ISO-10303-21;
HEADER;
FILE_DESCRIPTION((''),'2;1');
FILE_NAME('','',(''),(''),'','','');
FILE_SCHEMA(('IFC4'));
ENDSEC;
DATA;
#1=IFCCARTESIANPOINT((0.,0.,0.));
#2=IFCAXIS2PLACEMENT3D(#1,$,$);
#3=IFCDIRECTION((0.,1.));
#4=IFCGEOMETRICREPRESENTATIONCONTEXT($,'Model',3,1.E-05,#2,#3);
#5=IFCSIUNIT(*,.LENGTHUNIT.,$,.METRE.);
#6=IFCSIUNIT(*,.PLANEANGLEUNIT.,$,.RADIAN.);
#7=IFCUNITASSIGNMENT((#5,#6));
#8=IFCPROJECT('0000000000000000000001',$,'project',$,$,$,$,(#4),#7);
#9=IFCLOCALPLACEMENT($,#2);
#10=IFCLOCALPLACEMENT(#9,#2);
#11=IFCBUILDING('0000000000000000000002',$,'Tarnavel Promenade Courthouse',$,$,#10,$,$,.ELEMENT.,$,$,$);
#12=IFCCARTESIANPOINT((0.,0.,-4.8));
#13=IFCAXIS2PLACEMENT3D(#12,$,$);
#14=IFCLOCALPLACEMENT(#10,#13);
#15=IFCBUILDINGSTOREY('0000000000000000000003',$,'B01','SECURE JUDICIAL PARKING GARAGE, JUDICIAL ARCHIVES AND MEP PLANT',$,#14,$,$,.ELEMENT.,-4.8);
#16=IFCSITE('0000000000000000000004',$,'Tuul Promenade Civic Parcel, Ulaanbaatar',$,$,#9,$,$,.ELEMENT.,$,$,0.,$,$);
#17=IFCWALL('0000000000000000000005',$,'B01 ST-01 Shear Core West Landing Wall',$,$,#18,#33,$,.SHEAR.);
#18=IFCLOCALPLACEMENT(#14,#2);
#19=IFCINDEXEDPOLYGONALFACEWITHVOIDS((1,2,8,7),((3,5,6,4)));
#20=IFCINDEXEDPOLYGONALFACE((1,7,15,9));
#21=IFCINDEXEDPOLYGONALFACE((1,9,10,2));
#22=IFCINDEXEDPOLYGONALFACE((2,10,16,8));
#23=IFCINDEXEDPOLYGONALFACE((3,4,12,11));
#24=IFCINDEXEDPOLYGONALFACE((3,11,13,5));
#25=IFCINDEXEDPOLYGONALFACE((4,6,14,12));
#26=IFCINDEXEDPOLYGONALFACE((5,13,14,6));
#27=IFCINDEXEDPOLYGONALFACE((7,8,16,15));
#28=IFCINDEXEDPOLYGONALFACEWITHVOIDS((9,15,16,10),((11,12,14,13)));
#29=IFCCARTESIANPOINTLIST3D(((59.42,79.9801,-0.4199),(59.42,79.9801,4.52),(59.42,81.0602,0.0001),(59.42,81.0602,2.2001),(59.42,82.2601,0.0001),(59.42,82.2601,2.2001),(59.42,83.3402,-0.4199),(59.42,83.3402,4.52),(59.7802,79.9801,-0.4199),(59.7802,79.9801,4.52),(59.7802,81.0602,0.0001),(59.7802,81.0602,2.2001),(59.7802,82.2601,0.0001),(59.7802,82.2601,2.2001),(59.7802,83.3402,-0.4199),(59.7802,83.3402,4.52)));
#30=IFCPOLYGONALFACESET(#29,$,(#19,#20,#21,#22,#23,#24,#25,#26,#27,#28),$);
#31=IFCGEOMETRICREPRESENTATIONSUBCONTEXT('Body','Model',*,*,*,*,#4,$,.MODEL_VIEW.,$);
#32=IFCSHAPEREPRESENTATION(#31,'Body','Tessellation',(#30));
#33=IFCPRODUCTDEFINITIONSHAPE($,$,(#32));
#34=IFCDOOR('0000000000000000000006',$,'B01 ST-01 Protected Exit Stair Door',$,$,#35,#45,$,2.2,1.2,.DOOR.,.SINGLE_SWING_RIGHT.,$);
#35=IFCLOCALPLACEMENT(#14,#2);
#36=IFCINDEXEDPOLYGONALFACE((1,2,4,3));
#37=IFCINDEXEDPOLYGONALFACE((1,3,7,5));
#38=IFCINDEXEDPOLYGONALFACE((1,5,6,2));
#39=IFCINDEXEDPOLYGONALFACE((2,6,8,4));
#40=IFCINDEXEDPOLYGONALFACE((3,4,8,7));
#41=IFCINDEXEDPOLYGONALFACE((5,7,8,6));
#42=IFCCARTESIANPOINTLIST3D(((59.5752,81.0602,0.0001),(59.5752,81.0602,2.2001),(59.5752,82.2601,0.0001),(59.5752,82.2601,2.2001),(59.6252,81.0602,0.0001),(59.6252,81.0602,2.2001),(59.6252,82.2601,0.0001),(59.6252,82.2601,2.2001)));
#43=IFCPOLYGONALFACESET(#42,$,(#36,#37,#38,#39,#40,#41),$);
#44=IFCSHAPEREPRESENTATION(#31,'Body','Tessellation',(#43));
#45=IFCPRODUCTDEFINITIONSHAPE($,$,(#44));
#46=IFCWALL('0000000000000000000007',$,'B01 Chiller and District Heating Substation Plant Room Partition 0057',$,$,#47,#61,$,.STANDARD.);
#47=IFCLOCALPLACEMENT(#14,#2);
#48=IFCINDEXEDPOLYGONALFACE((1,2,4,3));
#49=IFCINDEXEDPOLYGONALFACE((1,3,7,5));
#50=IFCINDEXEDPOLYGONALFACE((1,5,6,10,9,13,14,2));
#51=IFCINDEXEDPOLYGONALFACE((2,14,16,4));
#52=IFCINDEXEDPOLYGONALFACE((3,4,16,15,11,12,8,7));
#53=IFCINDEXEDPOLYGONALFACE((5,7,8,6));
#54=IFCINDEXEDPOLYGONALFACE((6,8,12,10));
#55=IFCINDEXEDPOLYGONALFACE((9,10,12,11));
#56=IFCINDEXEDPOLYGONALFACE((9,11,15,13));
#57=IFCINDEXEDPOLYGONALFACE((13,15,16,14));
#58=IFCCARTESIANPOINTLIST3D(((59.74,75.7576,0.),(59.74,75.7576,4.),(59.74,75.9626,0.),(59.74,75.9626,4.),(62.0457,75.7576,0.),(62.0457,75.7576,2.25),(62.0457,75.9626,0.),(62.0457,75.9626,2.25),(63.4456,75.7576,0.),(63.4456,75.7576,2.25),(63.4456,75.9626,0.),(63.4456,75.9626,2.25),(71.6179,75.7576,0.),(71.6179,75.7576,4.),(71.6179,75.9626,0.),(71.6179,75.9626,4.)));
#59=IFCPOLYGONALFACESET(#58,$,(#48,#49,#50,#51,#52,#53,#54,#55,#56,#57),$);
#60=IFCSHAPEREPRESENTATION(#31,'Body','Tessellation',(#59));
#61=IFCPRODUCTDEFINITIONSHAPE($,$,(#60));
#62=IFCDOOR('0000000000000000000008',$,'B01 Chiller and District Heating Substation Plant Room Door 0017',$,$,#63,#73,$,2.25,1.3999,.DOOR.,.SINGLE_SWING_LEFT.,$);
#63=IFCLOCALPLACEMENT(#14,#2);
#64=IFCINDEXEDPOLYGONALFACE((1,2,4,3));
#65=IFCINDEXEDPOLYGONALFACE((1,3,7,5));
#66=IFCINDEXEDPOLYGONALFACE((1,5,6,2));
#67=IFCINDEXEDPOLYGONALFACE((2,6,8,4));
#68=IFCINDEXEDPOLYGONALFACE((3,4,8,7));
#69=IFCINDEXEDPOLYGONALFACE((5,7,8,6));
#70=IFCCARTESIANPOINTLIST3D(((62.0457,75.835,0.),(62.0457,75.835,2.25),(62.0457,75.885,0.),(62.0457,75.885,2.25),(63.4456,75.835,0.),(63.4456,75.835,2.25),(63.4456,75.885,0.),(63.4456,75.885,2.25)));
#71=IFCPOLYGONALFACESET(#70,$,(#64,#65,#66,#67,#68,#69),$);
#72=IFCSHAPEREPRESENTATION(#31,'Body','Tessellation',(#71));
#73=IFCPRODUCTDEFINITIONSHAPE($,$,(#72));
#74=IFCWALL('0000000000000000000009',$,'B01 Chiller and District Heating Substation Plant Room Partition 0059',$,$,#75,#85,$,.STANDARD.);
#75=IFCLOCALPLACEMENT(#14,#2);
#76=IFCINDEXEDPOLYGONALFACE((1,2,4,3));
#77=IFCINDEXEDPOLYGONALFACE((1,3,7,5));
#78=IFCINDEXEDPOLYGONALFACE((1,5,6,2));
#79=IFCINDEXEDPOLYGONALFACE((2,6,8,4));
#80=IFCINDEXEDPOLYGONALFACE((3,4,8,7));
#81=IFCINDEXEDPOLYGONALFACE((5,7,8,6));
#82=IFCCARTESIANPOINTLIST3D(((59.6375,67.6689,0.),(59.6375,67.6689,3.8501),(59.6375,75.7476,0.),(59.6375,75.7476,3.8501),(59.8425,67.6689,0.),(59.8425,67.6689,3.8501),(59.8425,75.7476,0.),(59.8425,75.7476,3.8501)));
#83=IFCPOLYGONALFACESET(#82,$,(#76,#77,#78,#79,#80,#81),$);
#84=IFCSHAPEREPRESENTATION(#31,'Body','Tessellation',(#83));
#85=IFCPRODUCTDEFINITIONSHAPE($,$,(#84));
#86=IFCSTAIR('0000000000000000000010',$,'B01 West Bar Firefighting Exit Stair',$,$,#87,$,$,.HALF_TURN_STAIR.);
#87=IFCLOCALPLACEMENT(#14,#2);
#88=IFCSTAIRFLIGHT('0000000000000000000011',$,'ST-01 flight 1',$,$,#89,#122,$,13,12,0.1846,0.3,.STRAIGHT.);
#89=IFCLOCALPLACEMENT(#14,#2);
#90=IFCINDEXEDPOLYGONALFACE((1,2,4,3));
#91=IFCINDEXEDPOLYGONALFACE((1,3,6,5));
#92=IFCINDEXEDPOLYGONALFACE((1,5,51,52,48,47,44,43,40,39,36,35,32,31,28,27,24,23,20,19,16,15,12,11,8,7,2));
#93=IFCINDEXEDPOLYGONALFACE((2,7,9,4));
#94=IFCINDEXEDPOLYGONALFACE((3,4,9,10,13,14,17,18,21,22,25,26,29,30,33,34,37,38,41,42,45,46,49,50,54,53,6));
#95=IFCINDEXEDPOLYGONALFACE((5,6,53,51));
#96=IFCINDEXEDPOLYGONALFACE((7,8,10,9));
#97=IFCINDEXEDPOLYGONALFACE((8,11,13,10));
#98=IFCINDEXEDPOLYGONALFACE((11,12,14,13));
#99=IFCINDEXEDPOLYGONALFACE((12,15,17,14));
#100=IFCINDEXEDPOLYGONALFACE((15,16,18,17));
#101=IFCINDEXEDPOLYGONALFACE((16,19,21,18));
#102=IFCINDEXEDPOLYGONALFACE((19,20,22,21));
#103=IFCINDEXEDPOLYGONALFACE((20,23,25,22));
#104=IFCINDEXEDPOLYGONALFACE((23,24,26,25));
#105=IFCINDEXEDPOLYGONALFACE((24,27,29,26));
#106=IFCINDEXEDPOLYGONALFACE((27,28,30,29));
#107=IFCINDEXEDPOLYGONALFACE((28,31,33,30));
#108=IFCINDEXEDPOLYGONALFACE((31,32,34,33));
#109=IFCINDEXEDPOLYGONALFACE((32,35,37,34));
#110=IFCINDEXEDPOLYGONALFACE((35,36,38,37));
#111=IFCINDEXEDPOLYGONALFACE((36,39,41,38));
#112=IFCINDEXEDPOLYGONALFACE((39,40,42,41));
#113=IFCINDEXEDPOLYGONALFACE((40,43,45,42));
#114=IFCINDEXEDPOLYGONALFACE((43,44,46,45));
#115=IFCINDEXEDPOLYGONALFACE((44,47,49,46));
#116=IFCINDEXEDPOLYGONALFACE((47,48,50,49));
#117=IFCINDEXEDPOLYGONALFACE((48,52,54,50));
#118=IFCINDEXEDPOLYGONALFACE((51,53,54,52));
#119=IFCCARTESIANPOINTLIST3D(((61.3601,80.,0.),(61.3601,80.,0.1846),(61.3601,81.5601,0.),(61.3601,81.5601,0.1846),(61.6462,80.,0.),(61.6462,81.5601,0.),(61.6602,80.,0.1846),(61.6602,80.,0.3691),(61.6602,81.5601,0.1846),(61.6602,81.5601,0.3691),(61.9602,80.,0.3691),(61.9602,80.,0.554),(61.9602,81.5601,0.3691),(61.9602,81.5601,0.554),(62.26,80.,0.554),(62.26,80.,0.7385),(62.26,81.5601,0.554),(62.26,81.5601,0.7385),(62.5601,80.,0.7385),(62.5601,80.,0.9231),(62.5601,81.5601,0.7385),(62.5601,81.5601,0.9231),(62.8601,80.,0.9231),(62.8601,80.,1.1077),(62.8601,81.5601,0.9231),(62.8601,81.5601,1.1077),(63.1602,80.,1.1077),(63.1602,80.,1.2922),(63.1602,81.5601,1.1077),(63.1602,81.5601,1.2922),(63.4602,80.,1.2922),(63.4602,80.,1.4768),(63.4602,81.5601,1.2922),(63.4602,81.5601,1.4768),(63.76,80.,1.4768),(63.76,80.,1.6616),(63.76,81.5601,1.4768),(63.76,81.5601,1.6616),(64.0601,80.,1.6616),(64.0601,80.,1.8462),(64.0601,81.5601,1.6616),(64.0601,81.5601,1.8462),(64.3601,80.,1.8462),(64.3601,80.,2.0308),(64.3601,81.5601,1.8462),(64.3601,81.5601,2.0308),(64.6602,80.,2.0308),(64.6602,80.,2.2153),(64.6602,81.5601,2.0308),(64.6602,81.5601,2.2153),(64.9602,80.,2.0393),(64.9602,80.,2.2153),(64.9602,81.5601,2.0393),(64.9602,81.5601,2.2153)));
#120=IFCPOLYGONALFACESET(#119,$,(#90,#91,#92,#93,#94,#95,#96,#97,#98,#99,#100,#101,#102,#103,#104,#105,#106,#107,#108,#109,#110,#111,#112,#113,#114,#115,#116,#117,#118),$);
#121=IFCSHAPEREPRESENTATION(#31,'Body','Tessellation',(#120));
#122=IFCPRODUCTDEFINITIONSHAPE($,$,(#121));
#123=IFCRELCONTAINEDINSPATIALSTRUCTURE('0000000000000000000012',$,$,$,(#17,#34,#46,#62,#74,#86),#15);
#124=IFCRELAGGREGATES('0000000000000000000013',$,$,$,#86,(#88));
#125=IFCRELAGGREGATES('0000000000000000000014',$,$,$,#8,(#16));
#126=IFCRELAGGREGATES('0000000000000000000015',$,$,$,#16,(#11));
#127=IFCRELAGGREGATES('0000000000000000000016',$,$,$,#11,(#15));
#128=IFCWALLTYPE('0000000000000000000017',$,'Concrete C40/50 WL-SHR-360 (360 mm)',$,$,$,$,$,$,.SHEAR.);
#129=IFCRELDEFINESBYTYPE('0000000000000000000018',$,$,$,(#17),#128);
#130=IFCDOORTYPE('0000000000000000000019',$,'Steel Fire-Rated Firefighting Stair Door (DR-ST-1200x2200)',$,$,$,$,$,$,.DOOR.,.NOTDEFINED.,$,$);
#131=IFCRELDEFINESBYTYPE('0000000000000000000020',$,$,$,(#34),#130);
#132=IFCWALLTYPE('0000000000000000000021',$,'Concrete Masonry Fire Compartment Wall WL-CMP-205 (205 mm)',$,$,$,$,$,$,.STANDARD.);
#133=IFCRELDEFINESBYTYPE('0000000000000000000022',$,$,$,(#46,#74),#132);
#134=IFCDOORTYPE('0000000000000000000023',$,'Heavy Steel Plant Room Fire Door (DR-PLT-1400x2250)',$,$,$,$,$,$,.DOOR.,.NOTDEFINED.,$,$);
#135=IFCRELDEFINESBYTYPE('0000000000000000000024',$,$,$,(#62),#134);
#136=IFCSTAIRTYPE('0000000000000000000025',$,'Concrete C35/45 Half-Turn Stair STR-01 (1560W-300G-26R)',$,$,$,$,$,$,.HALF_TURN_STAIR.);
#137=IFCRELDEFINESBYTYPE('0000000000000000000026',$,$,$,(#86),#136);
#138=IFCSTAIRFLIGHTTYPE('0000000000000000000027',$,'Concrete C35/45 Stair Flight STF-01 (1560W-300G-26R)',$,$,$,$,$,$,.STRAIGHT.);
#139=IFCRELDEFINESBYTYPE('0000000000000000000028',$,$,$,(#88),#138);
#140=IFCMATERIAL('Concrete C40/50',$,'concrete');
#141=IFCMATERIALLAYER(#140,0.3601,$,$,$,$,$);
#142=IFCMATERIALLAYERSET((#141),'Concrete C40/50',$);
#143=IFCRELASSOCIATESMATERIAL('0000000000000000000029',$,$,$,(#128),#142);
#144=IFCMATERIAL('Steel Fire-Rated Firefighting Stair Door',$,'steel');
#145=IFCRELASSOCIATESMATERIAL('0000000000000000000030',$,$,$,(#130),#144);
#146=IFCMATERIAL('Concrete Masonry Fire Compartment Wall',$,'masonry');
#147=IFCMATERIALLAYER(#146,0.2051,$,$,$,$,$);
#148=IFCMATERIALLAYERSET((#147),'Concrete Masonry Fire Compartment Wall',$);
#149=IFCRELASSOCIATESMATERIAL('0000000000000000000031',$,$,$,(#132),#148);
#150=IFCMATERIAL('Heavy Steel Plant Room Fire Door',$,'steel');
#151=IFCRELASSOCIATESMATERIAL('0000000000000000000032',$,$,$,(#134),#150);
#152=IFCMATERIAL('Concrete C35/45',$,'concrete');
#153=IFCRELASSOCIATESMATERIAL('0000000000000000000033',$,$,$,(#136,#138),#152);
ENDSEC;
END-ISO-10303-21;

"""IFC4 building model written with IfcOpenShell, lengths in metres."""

from ifc_helpers import new_model, si_unit, direction, frame, frame_2d, origin, place, context, subcontext, project, spatial, polyline, rectangle, outline, extrude, material, layer, layer_set, type_object, element, fill, aggregate, save


model = new_model("IFC4")

# Units and contexts
model_context = context("Model", 3, precision=1e-05, world=origin(), true_north=direction((0.0, 1.0)))
body_context = subcontext(model_context, "Body", "Model", "MODEL_VIEW")
ifc_project = project(units=[si_unit("LENGTHUNIT", "METRE"), si_unit("PLANEANGLEUNIT", "RADIAN")], contexts=[model_context])

# Site, building, storey
site_placement = place(None, origin())
site = spatial("IfcSite", under=ifc_project, at=site_placement, Name="Tuul Promenade Civic Parcel, Ulaanbaatar", CompositionType="ELEMENT", RefElevation=0.0)
building_placement = place(site_placement, origin())
building = spatial("IfcBuilding", under=site, at=building_placement, Name="Tarnavel Promenade Courthouse", CompositionType="ELEMENT")
storey_placement = place(building_placement, frame((0.0, 0.0, -4.8)))
storey = spatial("IfcBuildingStorey", under=building, at=storey_placement, Name="B01", Description="SECURE JUDICIAL PARKING GARAGE, JUDICIAL ARCHIVES AND MEP PLANT", CompositionType="ELEMENT", Elevation=-4.8)

# Shared definitions
ifc_material_1 = material(Name="Concrete C35/45", Category="concrete")

# Shared definitions
ifc_material_2 = material(Name="Concrete C40/50", Category="concrete")

# Shared definitions
ifc_layer_1 = layer(ifc_material_2, 0.3601)
ifc_layer_set_1 = layer_set([ifc_layer_1], Name="Concrete C40/50")
wall_type_1 = type_object("IfcWallType", Name="Concrete C40/50 WL-SHR-360 (360 mm)", PredefinedType="SHEAR", material=ifc_layer_set_1)

# Walls, openings, doors
wall_1_placement = place(storey_placement, frame((59.6001, 79.98, -0.4199), z_axis=(0.0, 0.0, 1.0), x_axis=(0.0, 1.0, 0.0)))
wall_1 = element("IfcWall", 1, at=wall_1_placement, inside=storey, type_object=wall_type_1, Name="B01 ST-01 Shear Core West Landing Wall", PredefinedType="SHEAR", context=body_context, shape_type="SweptSolid", body=[
    extrude(rectangle(XDim=3.3601, YDim=0.3601, at=frame_2d((1.6802, 0.0))), origin(), (0.0, 0.0, 1.0), 4.9399),
])
opening_1_placement = place(wall_1_placement, frame((1.0801, 0.0, 0.4199)))
opening_1 = element("IfcOpeningElement", 2, at=opening_1_placement, cuts=wall_1, PredefinedType="OPENING", context=body_context, shape_type="SweptSolid", body=[
    extrude(rectangle(XDim=1.2, YDim=2.2, at=frame_2d((0.6001, 1.1001))), frame((0.0, 0.1899, 0.0), z_axis=(0.0, -1.0, 0.0), x_axis=(1.0, 0.0, 0.0)), (0.0, 0.0, 1.0), 0.3801),
])
ifc_material_3 = material(Name="Steel Fire-Rated Firefighting Stair Door", Category="steel")
door_type_1 = type_object("IfcDoorType", Name="Steel Fire-Rated Firefighting Stair Door (DR-ST-1200x2200)", OperationType="NOTDEFINED", PredefinedType="DOOR", material=ifc_material_3)
door_1_placement = place(opening_1_placement, origin())
door_1 = element("IfcDoor", 3, at=door_1_placement, inside=storey, type_object=door_type_1, Name="B01 ST-01 Protected Exit Stair Door", OperationType="SINGLE_SWING_RIGHT", OverallHeight=2.2, OverallWidth=1.2, PredefinedType="DOOR", context=body_context, shape_type="SweptSolid", body=[
    extrude(rectangle(XDim=1.2, YDim=2.2, at=frame_2d((0.6001, 1.1001))), frame((0.0, 0.0249, 0.0), z_axis=(0.0, -1.0, 0.0), x_axis=(1.0, 0.0, 0.0)), (0.0, 0.0, 1.0), 0.05),
])
fill(opening_1, door_1)
ifc_material_4 = material(Name="Concrete Masonry Fire Compartment Wall", Category="masonry")
ifc_layer_2 = layer(ifc_material_4, 0.2051)
ifc_layer_set_2 = layer_set([ifc_layer_2], Name="Concrete Masonry Fire Compartment Wall")
wall_type_2 = type_object("IfcWallType", Name="Concrete Masonry Fire Compartment Wall WL-CMP-205 (205 mm)", PredefinedType="STANDARD", material=ifc_layer_set_2)
wall_2_placement = place(storey_placement, frame((59.74, 75.8601, 0.0), z_axis=(0.0, 0.0, 1.0), x_axis=(1.0, 0.0, 0.0)))
wall_2 = element("IfcWall", 4, at=wall_2_placement, inside=storey, type_object=wall_type_2, Name="B01 Chiller and District Heating Substation Plant Room Partition 0057", PredefinedType="STANDARD", context=body_context, shape_type="SweptSolid", body=[
    extrude(rectangle(XDim=11.8779, YDim=0.2051, at=frame_2d((5.939, 0.0))), origin(), (0.0, 0.0, 1.0), 4.0),
])
opening_2_placement = place(wall_2_placement, frame((2.3057, 0.0, 0.0)))
opening_2 = element("IfcOpeningElement", 5, at=opening_2_placement, cuts=wall_2, PredefinedType="OPENING", context=body_context, shape_type="SweptSolid", body=[
    extrude(rectangle(XDim=1.3999, YDim=2.25, at=frame_2d((0.7, 1.125))), frame((0.0, 0.1125, 0.0), z_axis=(0.0, -1.0, 0.0), x_axis=(1.0, 0.0, 0.0)), (0.0, 0.0, 1.0), 0.2251),
])
ifc_material_5 = material(Name="Heavy Steel Plant Room Fire Door", Category="steel")
door_type_2 = type_object("IfcDoorType", Name="Heavy Steel Plant Room Fire Door (DR-PLT-1400x2250)", OperationType="NOTDEFINED", PredefinedType="DOOR", material=ifc_material_5)
door_2_placement = place(opening_2_placement, origin())
door_2 = element("IfcDoor", 6, at=door_2_placement, inside=storey, type_object=door_type_2, Name="B01 Chiller and District Heating Substation Plant Room Door 0017", OperationType="SINGLE_SWING_LEFT", OverallHeight=2.25, OverallWidth=1.3999, PredefinedType="DOOR", context=body_context, shape_type="SweptSolid", body=[
    extrude(rectangle(XDim=1.3999, YDim=2.25, at=frame_2d((0.7, 1.125))), frame((0.0, 0.0249, 0.0), z_axis=(0.0, -1.0, 0.0), x_axis=(1.0, 0.0, 0.0)), (0.0, 0.0, 1.0), 0.05),
])
fill(opening_2, door_2)

# Wall
wall_3_placement = place(storey_placement, frame((59.74, 67.6689, 0.0), z_axis=(0.0, 0.0, 1.0), x_axis=(0.0, 1.0, 0.0)))
element("IfcWall", 7, at=wall_3_placement, inside=storey, type_object=wall_type_2, Name="B01 Chiller and District Heating Substation Plant Room Partition 0059", PredefinedType="STANDARD", context=body_context, shape_type="SweptSolid", body=[
    extrude(rectangle(XDim=8.0786, YDim=0.2051, at=frame_2d((4.0393, 0.0))), origin(), (0.0, 0.0, 1.0), 3.8501),
])

# Stair, stair flight
stair_type = type_object("IfcStairType", Name="Concrete C35/45 Half-Turn Stair STR-01 (1560W-300G-26R)", PredefinedType="HALF_TURN_STAIR", material=ifc_material_1)
stair_placement = place(storey_placement, origin())
stair = element("IfcStair", 8, at=stair_placement, inside=storey, type_object=stair_type, Name="B01 West Bar Firefighting Exit Stair", PredefinedType="HALF_TURN_STAIR")
stair_flight_type = type_object("IfcStairFlightType", Name="Concrete C35/45 Stair Flight STF-01 (1560W-300G-26R)", PredefinedType="STRAIGHT", material=ifc_material_1)
stair_flight_placement = place(storey_placement, frame((61.3601, 80.78, 0.0), z_axis=(0.0, 0.0, 1.0), x_axis=(1.0, 0.0, 0.0)))
stair_flight = element("IfcStairFlight", 9, at=stair_flight_placement, type_object=stair_flight_type, Name="ST-01 flight 1", NumberOfRisers=13, NumberOfTreads=12, PredefinedType="STRAIGHT", RiserHeight=0.1846, TreadLength=0.3, context=body_context, shape_type="SweptSolid", body=[
    extrude(outline(polyline([(0.0, 0.0), (0.0, 0.1846), (0.3, 0.1846), (0.3, 0.3691), (0.6001, 0.3691), (0.6001, 0.554), (0.8999, 0.554), (0.8999, 0.7385), (1.2, 0.7385), (1.2, 0.9231), (1.5, 0.9231), (1.5, 1.1077), (1.8, 1.1077), (1.8, 1.2922), (2.1001, 1.2922), (2.1001, 1.4768), (2.3999, 1.4768), (2.3999, 1.6616), (2.7, 1.6616), (2.7, 1.8462), (3.0, 1.8462), (3.0, 2.0308), (3.3, 2.0308), (3.3, 2.2153), (3.6001, 2.2153), (3.6001, 2.3999), (3.6001, 2.0393), (0.2861, 0.0), (0.0, 0.0)])), frame((0.0, 0.78, 0.0), z_axis=(0.0, -1.0, 0.0), x_axis=(1.0, 0.0, 0.0)), (0.0, 0.0, 1.0), 1.5601),
])
aggregate(stair, [stair_flight])

save(model, "model.ifc")
